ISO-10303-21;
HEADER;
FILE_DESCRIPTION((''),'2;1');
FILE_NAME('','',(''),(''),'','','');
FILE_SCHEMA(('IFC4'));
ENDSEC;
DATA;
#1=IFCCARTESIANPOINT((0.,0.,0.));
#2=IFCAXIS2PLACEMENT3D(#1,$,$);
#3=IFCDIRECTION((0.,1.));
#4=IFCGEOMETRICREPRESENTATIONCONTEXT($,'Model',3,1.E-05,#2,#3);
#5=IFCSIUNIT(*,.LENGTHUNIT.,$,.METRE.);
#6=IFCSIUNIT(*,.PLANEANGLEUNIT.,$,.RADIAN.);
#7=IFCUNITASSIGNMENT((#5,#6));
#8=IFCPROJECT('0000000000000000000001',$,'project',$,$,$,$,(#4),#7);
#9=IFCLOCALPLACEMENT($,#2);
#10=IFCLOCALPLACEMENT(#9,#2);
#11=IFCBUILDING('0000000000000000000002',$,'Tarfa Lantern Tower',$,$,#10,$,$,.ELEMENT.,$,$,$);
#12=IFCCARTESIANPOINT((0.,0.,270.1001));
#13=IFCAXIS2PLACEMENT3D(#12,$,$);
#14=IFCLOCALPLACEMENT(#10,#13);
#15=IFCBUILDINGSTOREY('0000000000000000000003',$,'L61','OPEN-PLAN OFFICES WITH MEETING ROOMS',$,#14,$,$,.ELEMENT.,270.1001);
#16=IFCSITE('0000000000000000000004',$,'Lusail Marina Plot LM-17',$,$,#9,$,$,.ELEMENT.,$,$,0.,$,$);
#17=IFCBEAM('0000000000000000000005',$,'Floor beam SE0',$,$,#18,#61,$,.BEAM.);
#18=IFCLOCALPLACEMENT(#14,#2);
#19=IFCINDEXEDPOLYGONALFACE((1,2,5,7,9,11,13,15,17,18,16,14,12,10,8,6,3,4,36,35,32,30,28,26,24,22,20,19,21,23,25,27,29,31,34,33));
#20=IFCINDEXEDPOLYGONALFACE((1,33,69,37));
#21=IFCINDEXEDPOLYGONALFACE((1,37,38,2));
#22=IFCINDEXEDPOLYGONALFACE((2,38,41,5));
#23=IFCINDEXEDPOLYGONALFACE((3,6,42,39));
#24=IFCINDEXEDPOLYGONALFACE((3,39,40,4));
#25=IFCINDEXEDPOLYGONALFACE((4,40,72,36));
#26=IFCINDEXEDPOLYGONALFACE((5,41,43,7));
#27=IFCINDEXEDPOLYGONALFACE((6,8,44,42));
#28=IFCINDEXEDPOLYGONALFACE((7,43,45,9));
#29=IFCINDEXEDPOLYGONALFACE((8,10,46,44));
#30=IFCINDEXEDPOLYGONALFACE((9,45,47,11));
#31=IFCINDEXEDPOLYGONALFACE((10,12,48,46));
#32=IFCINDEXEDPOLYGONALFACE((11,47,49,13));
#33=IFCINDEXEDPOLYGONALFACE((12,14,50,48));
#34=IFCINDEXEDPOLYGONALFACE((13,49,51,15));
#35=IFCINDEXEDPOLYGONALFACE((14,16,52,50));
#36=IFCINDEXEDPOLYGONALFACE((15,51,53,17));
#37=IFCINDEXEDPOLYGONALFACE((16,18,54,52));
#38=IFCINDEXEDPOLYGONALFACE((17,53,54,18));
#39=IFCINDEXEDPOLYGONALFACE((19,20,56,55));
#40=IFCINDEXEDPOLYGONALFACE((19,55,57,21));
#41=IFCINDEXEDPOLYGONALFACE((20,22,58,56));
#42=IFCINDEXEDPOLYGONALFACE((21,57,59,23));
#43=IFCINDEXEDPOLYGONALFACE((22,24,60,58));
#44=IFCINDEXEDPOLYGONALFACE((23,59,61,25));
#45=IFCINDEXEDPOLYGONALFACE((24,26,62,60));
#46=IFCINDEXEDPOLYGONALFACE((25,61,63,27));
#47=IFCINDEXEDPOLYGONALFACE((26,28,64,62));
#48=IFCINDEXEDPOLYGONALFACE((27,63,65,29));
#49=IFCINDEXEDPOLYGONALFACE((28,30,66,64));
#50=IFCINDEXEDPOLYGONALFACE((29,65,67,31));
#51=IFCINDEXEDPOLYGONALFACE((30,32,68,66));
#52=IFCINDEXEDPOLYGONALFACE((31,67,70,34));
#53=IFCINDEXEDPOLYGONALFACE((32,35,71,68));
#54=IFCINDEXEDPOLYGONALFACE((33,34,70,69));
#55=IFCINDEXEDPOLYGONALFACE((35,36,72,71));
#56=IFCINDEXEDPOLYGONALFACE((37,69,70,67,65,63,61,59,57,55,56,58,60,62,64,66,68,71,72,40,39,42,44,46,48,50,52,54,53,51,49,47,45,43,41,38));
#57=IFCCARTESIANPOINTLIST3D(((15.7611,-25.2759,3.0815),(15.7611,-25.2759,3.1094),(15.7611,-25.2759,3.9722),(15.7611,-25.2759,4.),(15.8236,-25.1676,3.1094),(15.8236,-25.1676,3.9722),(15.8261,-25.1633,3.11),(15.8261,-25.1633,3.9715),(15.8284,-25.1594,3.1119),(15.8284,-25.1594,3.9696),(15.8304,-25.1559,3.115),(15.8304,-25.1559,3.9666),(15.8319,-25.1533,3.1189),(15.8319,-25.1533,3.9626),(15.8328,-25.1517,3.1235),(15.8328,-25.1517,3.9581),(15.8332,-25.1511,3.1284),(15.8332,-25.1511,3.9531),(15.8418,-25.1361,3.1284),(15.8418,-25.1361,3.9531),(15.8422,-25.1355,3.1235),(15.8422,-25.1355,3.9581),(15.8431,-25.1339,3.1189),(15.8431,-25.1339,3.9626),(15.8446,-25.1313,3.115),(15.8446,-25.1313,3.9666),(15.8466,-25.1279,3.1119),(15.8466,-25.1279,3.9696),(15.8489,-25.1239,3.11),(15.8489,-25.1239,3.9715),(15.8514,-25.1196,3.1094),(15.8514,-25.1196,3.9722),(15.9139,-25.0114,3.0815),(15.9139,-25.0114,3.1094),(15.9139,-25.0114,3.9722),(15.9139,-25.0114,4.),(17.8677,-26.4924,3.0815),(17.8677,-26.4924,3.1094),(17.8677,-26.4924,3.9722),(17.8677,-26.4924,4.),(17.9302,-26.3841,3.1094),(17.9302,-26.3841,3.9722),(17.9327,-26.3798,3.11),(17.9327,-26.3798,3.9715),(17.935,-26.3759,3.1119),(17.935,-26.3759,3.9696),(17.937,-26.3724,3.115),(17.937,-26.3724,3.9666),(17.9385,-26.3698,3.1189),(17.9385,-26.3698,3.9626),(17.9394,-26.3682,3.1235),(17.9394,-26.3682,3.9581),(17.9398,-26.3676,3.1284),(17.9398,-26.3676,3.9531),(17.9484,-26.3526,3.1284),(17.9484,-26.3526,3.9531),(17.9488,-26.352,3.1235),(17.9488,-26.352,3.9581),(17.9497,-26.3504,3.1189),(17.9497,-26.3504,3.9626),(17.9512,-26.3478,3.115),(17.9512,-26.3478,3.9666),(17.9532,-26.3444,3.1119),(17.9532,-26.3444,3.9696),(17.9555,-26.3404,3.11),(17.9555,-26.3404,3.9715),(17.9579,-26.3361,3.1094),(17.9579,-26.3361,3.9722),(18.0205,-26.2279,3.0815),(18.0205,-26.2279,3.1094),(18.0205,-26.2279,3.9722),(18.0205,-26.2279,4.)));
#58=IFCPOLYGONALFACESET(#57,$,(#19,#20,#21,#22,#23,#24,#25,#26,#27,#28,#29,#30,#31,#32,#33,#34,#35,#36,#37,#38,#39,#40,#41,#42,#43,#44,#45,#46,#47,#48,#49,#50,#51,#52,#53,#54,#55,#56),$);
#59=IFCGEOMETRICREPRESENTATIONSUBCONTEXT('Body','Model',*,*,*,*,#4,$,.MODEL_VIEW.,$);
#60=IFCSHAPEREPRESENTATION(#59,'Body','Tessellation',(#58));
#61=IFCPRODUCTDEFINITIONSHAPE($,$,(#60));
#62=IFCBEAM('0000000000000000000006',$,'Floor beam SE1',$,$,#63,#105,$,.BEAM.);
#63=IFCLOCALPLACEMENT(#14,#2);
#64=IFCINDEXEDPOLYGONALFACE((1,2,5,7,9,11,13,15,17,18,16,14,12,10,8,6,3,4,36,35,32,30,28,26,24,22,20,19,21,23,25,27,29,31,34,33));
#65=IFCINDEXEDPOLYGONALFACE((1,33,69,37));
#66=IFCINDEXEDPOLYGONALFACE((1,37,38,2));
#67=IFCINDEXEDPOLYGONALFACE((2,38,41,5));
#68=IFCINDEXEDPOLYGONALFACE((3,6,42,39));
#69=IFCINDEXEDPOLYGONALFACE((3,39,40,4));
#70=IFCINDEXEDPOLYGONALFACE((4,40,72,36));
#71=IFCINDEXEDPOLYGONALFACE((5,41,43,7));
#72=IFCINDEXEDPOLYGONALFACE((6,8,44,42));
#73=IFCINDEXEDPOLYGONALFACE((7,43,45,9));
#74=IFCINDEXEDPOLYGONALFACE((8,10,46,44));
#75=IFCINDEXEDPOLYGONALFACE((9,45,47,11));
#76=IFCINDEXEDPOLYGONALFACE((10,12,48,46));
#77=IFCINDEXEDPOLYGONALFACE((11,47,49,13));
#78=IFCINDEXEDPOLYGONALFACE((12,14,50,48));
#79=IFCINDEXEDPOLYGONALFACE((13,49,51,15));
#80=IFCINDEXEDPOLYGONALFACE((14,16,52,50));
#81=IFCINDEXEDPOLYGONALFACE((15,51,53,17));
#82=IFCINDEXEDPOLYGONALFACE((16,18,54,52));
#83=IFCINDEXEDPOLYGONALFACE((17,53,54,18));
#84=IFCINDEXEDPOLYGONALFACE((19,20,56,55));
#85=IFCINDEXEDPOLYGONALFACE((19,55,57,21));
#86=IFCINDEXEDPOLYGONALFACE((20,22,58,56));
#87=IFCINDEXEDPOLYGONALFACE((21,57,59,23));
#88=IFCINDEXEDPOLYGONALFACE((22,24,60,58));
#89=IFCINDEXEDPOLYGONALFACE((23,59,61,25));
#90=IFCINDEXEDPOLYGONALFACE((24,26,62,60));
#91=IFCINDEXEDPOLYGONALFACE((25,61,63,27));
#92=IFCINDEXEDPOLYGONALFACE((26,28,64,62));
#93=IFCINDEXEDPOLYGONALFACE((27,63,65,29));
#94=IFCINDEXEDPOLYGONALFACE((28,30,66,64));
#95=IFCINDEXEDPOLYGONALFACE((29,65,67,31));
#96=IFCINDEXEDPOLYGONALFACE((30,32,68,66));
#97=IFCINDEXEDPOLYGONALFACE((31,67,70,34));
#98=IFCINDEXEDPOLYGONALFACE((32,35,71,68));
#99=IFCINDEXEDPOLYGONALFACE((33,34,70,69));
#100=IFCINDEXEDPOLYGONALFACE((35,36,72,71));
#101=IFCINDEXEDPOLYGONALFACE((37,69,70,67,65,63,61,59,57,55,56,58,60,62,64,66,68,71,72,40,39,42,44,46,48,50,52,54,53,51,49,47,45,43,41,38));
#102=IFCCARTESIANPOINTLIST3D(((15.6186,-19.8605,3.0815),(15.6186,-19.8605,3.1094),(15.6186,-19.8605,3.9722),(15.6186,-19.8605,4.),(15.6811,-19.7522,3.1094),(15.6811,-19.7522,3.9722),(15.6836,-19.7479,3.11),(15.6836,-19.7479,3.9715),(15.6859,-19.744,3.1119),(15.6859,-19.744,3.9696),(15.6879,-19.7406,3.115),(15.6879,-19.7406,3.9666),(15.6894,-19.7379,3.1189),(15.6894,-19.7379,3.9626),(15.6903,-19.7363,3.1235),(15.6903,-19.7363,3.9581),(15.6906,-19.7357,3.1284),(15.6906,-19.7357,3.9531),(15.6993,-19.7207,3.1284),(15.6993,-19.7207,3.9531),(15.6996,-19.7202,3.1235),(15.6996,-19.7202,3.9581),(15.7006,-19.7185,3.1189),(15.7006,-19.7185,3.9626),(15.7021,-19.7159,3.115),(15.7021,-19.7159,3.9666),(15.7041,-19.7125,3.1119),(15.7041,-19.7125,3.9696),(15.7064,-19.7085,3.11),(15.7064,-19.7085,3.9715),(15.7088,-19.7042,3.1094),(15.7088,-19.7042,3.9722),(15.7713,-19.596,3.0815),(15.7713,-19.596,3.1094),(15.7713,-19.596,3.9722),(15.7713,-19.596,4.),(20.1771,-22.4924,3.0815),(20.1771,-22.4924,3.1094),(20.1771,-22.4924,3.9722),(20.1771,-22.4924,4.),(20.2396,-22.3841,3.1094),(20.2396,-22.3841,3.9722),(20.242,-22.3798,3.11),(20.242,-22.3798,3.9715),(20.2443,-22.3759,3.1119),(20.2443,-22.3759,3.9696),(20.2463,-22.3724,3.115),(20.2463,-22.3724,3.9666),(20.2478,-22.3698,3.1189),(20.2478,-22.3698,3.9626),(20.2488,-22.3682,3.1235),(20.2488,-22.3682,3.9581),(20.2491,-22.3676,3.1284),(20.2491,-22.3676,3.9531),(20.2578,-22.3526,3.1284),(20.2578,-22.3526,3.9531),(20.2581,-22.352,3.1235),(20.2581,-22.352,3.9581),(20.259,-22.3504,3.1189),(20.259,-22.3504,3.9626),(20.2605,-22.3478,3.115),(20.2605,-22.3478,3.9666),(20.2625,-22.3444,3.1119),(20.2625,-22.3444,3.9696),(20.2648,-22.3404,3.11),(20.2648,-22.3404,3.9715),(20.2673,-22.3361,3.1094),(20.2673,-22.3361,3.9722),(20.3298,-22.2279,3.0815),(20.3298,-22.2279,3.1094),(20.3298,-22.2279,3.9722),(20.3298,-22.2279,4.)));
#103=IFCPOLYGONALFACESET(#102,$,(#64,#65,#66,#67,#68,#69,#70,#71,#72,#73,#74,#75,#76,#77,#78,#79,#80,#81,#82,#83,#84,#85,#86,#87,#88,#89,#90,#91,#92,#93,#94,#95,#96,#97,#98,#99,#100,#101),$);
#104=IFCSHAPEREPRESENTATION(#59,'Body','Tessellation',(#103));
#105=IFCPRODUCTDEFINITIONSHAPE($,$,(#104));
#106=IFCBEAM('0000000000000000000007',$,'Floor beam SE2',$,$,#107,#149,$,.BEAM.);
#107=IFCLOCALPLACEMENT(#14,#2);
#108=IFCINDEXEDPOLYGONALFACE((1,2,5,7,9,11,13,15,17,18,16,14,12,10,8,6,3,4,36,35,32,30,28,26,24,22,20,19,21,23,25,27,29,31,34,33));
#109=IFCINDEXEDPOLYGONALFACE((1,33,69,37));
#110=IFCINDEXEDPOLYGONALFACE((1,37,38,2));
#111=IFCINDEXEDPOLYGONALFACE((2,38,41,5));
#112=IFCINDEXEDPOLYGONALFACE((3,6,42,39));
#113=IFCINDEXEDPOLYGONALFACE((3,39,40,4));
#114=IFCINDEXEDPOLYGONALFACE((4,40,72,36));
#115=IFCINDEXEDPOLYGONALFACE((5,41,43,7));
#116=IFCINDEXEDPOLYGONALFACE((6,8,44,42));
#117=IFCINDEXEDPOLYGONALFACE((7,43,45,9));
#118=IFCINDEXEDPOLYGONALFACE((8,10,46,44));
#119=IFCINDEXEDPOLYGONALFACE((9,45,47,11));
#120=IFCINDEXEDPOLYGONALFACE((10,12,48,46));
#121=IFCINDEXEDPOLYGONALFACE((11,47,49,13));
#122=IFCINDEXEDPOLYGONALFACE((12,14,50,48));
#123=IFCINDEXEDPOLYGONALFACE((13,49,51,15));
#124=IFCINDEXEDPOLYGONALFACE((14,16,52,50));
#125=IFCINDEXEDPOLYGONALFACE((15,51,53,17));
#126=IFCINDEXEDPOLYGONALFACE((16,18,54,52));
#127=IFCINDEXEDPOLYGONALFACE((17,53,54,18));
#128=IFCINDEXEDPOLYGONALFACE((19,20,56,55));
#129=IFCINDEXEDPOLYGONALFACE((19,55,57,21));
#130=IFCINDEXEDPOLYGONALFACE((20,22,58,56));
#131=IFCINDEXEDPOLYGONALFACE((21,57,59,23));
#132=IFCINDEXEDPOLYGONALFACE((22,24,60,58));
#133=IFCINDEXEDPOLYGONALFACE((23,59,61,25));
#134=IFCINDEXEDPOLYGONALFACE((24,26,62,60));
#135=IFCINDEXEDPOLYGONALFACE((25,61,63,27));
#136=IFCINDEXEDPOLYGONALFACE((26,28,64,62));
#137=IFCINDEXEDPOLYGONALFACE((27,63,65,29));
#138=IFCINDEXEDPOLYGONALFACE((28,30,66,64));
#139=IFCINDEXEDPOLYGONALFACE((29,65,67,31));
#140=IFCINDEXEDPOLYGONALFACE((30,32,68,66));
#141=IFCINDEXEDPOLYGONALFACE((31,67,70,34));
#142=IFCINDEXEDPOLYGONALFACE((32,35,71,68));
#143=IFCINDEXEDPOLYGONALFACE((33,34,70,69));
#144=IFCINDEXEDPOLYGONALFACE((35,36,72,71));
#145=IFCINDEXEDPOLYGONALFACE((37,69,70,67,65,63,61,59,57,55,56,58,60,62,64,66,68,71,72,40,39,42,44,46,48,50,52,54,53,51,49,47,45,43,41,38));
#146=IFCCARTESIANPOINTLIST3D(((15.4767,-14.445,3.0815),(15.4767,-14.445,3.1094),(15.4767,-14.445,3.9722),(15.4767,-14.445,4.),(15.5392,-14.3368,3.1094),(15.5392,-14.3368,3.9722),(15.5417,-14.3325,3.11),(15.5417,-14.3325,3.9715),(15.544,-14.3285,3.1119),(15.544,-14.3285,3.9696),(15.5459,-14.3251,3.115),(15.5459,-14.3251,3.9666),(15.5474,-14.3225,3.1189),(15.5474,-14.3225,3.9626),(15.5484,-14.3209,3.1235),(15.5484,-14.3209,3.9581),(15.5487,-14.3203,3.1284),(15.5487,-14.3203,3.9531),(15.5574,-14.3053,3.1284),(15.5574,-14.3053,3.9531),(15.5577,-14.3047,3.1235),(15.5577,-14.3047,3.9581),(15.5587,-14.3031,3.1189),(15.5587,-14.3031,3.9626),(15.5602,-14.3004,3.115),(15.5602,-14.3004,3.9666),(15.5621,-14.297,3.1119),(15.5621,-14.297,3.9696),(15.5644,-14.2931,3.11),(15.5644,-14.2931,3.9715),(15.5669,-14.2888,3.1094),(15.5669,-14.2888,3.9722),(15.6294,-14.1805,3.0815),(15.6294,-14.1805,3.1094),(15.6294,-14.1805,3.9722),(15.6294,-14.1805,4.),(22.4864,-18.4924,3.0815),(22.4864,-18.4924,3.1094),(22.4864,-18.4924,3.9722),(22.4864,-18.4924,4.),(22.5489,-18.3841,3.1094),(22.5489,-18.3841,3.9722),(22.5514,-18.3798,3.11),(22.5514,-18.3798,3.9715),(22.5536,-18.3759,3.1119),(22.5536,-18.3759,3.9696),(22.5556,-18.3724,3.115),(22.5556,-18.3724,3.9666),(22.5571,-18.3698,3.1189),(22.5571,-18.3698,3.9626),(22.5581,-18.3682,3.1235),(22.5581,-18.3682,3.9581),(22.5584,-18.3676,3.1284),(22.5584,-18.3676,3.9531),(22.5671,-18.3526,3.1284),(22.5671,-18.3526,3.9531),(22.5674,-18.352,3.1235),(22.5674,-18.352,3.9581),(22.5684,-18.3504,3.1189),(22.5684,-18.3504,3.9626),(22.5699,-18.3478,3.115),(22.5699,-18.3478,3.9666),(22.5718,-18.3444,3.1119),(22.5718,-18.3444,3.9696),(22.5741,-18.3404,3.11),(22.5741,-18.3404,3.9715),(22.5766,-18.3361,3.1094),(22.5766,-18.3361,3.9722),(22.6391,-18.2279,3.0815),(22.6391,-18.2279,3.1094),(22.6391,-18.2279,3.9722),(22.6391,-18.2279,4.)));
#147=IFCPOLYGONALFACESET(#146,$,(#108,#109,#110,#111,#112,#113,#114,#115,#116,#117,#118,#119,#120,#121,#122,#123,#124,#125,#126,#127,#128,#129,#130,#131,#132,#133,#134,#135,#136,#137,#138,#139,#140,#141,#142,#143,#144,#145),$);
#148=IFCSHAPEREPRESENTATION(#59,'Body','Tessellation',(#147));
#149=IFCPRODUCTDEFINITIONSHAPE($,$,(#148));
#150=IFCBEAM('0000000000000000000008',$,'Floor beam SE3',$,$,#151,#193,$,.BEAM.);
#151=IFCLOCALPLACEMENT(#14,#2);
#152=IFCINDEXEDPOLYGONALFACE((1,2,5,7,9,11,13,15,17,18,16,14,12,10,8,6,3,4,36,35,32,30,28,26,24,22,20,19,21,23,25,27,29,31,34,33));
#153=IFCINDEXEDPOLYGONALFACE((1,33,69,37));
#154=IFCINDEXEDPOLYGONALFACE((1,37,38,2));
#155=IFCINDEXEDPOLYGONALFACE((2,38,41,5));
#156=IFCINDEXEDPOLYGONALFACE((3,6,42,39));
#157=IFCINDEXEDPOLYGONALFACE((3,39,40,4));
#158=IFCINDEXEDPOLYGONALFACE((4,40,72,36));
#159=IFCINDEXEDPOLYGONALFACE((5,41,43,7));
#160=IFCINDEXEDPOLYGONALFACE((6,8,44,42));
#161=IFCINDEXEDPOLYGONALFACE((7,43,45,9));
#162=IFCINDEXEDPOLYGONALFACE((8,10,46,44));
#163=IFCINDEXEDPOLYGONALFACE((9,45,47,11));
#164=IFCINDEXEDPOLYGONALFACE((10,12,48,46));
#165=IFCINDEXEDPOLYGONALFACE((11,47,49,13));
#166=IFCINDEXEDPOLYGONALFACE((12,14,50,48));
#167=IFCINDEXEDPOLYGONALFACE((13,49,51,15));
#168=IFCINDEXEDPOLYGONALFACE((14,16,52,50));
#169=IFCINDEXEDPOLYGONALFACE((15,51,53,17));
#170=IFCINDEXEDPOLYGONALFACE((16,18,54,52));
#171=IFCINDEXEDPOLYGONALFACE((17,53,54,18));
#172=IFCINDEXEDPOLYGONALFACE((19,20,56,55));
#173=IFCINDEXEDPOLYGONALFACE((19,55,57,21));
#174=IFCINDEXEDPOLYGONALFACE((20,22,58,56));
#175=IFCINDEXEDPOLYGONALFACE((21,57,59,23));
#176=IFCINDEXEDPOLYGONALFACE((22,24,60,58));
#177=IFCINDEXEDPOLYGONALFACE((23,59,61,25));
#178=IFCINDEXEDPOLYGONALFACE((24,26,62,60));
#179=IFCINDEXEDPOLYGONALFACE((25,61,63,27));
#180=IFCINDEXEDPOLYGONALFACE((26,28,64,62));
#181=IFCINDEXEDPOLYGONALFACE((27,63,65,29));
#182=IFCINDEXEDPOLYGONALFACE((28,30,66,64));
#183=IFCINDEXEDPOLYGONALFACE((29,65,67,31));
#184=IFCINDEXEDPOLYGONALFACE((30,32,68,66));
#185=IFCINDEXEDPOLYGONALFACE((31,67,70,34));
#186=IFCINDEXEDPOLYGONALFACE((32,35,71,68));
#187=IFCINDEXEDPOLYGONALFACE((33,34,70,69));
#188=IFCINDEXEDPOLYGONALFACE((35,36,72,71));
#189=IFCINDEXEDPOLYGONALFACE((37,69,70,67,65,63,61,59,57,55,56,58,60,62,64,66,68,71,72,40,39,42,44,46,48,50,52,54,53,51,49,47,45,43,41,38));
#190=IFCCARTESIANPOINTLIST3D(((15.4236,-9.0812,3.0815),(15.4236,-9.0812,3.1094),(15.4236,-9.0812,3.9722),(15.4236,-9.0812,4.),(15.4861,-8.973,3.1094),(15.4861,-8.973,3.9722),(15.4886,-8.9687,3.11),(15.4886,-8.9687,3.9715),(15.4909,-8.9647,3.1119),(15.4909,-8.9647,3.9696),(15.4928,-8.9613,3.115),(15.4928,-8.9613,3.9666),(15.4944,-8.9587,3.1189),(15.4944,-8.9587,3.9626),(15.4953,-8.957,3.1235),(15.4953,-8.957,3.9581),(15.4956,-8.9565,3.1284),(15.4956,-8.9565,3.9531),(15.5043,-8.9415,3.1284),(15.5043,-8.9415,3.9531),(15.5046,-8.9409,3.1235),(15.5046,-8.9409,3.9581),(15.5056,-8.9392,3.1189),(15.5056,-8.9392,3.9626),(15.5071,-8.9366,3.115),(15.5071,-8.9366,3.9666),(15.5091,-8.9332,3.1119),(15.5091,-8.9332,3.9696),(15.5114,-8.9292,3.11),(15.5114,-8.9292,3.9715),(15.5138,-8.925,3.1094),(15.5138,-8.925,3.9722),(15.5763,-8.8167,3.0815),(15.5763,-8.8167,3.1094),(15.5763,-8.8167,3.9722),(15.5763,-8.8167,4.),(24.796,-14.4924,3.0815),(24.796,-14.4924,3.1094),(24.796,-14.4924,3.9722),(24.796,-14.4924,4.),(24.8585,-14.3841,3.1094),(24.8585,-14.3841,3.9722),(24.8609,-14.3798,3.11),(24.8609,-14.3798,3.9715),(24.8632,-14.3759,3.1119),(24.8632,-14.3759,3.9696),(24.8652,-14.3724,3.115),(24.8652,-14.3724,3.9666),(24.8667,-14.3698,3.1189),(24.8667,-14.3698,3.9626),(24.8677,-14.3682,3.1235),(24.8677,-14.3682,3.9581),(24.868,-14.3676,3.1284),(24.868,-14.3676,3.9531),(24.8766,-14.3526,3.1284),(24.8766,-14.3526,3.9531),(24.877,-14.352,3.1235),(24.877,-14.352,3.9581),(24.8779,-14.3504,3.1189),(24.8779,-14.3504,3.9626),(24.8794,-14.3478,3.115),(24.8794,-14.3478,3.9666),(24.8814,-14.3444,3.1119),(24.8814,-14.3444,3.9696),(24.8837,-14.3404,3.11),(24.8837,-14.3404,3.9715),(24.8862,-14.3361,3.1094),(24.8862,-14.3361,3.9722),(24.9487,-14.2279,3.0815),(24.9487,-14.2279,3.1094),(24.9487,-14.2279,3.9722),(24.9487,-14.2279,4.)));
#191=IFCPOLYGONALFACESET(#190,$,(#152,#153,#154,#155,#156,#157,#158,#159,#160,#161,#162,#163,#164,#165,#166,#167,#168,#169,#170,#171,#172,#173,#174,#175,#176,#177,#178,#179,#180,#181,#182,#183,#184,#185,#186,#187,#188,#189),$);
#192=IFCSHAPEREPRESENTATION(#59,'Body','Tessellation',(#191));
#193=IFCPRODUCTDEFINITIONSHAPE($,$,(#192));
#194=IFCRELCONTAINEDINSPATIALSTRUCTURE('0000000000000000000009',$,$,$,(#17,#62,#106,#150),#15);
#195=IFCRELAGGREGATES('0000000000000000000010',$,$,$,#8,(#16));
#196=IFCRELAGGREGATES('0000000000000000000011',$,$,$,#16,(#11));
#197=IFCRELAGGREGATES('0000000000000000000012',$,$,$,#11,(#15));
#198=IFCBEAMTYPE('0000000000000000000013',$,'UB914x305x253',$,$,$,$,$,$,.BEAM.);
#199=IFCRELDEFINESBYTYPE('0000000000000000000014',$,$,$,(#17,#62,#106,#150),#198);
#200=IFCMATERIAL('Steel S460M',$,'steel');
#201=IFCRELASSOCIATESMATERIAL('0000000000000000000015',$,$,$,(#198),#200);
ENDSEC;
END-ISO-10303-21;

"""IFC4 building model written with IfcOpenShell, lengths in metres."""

from ifc_helpers import new_model, si_unit, direction, frame, origin, origin_2d, place, context, subcontext, project, spatial, i_section, extrude, material, material_profile, profile_set, type_object, element, save


model = new_model("IFC4")

# Units and contexts
model_context = context("Model", 3, precision=1e-05, world=origin(), true_north=direction((0.0, 1.0)))
body_context = subcontext(model_context, "Body", "Model", "MODEL_VIEW")
ifc_project = project(units=[si_unit("LENGTHUNIT", "METRE"), si_unit("PLANEANGLEUNIT", "RADIAN")], contexts=[model_context])

# Site, building, storey
site_placement = place(None, origin())
site = spatial("IfcSite", under=ifc_project, at=site_placement, Name="Lusail Marina Plot LM-17", CompositionType="ELEMENT", RefElevation=0.0)
building_placement = place(site_placement, origin())
building = spatial("IfcBuilding", under=site, at=building_placement, Name="Tarfa Lantern Tower", CompositionType="ELEMENT")
storey_placement = place(building_placement, frame((0.0, 0.0, 270.1001)))
storey = spatial("IfcBuildingStorey", under=building, at=storey_placement, Name="L61", Description="OPEN-PLAN OFFICES WITH MEETING ROOMS", CompositionType="ELEMENT", Elevation=270.1001)

# Beams
ifc_material_1 = material(Name="Steel S460M", Category="steel")
ifc_material_profile_1 = material_profile(ifc_material_1, i_section(OverallWidth=0.3054, OverallDepth=0.9185, WebThickness=0.0173, FlangeThickness=0.0278, FilletRadius=0.019, at=origin_2d()), Name="UB914x305x253")
ifc_profile_set_1 = profile_set([ifc_material_profile_1], Name="Steel S460M")
beam_type_1 = type_object("IfcBeamType", Name="UB914x305x253", PredefinedType="BEAM", material=ifc_profile_set_1)
beam_1_placement = place(storey_placement, frame((17.9441, -26.3601, 3.5408), z_axis=(-0.86598, 0.500079, 0.0), x_axis=(-0.500079, -0.86598, 0.0)))
element("IfcBeam", 1, at=beam_1_placement, inside=storey, type_object=beam_type_1, Name="Floor beam SE0", PredefinedType="BEAM", context=body_context, shape_type="SweptSolid", body=[
    extrude(i_section(OverallWidth=0.3054, OverallDepth=0.9185, WebThickness=0.0173, FlangeThickness=0.0278, FilletRadius=0.019, at=origin_2d()), origin(), (0.0, 0.0, 1.0), 2.4326),
])
beam_2_placement = place(storey_placement, frame((20.2534, -22.3601, 3.5408), z_axis=(-0.86602, 0.50001, 0.0), x_axis=(-0.50001, -0.86602, 0.0)))
element("IfcBeam", 2, at=beam_2_placement, inside=storey, type_object=beam_type_1, Name="Floor beam SE1", PredefinedType="BEAM", context=body_context, shape_type="SweptSolid", body=[
    extrude(i_section(OverallWidth=0.3054, OverallDepth=0.9185, WebThickness=0.0173, FlangeThickness=0.0278, FilletRadius=0.019, at=origin_2d()), origin(), (0.0, 0.0, 1.0), 5.2637),
])
beam_3_placement = place(storey_placement, frame((22.5627, -18.3601, 3.5408), z_axis=(-0.866011, 0.500025, 0.0), x_axis=(-0.500025, -0.866011, 0.0)))
element("IfcBeam", 3, at=beam_3_placement, inside=storey, type_object=beam_type_1, Name="Floor beam SE2", PredefinedType="BEAM", context=body_context, shape_type="SweptSolid", body=[
    extrude(i_section(OverallWidth=0.3054, OverallDepth=0.9185, WebThickness=0.0173, FlangeThickness=0.0278, FilletRadius=0.019, at=origin_2d()), origin(), (0.0, 0.0, 1.0), 8.0942),
])
beam_4_placement = place(storey_placement, frame((24.8723, -14.3601, 3.5408), z_axis=(-0.866024, 0.500002, 0.0), x_axis=(-0.500002, -0.866024, 0.0)))
element("IfcBeam", 4, at=beam_4_placement, inside=storey, type_object=beam_type_1, Name="Floor beam SE3", PredefinedType="BEAM", context=body_context, shape_type="SweptSolid", body=[
    extrude(i_section(OverallWidth=0.3054, OverallDepth=0.9185, WebThickness=0.0173, FlangeThickness=0.0278, FilletRadius=0.019, at=origin_2d()), origin(), (0.0, 0.0, 1.0), 10.8223),
])

save(model, "model.ifc")
